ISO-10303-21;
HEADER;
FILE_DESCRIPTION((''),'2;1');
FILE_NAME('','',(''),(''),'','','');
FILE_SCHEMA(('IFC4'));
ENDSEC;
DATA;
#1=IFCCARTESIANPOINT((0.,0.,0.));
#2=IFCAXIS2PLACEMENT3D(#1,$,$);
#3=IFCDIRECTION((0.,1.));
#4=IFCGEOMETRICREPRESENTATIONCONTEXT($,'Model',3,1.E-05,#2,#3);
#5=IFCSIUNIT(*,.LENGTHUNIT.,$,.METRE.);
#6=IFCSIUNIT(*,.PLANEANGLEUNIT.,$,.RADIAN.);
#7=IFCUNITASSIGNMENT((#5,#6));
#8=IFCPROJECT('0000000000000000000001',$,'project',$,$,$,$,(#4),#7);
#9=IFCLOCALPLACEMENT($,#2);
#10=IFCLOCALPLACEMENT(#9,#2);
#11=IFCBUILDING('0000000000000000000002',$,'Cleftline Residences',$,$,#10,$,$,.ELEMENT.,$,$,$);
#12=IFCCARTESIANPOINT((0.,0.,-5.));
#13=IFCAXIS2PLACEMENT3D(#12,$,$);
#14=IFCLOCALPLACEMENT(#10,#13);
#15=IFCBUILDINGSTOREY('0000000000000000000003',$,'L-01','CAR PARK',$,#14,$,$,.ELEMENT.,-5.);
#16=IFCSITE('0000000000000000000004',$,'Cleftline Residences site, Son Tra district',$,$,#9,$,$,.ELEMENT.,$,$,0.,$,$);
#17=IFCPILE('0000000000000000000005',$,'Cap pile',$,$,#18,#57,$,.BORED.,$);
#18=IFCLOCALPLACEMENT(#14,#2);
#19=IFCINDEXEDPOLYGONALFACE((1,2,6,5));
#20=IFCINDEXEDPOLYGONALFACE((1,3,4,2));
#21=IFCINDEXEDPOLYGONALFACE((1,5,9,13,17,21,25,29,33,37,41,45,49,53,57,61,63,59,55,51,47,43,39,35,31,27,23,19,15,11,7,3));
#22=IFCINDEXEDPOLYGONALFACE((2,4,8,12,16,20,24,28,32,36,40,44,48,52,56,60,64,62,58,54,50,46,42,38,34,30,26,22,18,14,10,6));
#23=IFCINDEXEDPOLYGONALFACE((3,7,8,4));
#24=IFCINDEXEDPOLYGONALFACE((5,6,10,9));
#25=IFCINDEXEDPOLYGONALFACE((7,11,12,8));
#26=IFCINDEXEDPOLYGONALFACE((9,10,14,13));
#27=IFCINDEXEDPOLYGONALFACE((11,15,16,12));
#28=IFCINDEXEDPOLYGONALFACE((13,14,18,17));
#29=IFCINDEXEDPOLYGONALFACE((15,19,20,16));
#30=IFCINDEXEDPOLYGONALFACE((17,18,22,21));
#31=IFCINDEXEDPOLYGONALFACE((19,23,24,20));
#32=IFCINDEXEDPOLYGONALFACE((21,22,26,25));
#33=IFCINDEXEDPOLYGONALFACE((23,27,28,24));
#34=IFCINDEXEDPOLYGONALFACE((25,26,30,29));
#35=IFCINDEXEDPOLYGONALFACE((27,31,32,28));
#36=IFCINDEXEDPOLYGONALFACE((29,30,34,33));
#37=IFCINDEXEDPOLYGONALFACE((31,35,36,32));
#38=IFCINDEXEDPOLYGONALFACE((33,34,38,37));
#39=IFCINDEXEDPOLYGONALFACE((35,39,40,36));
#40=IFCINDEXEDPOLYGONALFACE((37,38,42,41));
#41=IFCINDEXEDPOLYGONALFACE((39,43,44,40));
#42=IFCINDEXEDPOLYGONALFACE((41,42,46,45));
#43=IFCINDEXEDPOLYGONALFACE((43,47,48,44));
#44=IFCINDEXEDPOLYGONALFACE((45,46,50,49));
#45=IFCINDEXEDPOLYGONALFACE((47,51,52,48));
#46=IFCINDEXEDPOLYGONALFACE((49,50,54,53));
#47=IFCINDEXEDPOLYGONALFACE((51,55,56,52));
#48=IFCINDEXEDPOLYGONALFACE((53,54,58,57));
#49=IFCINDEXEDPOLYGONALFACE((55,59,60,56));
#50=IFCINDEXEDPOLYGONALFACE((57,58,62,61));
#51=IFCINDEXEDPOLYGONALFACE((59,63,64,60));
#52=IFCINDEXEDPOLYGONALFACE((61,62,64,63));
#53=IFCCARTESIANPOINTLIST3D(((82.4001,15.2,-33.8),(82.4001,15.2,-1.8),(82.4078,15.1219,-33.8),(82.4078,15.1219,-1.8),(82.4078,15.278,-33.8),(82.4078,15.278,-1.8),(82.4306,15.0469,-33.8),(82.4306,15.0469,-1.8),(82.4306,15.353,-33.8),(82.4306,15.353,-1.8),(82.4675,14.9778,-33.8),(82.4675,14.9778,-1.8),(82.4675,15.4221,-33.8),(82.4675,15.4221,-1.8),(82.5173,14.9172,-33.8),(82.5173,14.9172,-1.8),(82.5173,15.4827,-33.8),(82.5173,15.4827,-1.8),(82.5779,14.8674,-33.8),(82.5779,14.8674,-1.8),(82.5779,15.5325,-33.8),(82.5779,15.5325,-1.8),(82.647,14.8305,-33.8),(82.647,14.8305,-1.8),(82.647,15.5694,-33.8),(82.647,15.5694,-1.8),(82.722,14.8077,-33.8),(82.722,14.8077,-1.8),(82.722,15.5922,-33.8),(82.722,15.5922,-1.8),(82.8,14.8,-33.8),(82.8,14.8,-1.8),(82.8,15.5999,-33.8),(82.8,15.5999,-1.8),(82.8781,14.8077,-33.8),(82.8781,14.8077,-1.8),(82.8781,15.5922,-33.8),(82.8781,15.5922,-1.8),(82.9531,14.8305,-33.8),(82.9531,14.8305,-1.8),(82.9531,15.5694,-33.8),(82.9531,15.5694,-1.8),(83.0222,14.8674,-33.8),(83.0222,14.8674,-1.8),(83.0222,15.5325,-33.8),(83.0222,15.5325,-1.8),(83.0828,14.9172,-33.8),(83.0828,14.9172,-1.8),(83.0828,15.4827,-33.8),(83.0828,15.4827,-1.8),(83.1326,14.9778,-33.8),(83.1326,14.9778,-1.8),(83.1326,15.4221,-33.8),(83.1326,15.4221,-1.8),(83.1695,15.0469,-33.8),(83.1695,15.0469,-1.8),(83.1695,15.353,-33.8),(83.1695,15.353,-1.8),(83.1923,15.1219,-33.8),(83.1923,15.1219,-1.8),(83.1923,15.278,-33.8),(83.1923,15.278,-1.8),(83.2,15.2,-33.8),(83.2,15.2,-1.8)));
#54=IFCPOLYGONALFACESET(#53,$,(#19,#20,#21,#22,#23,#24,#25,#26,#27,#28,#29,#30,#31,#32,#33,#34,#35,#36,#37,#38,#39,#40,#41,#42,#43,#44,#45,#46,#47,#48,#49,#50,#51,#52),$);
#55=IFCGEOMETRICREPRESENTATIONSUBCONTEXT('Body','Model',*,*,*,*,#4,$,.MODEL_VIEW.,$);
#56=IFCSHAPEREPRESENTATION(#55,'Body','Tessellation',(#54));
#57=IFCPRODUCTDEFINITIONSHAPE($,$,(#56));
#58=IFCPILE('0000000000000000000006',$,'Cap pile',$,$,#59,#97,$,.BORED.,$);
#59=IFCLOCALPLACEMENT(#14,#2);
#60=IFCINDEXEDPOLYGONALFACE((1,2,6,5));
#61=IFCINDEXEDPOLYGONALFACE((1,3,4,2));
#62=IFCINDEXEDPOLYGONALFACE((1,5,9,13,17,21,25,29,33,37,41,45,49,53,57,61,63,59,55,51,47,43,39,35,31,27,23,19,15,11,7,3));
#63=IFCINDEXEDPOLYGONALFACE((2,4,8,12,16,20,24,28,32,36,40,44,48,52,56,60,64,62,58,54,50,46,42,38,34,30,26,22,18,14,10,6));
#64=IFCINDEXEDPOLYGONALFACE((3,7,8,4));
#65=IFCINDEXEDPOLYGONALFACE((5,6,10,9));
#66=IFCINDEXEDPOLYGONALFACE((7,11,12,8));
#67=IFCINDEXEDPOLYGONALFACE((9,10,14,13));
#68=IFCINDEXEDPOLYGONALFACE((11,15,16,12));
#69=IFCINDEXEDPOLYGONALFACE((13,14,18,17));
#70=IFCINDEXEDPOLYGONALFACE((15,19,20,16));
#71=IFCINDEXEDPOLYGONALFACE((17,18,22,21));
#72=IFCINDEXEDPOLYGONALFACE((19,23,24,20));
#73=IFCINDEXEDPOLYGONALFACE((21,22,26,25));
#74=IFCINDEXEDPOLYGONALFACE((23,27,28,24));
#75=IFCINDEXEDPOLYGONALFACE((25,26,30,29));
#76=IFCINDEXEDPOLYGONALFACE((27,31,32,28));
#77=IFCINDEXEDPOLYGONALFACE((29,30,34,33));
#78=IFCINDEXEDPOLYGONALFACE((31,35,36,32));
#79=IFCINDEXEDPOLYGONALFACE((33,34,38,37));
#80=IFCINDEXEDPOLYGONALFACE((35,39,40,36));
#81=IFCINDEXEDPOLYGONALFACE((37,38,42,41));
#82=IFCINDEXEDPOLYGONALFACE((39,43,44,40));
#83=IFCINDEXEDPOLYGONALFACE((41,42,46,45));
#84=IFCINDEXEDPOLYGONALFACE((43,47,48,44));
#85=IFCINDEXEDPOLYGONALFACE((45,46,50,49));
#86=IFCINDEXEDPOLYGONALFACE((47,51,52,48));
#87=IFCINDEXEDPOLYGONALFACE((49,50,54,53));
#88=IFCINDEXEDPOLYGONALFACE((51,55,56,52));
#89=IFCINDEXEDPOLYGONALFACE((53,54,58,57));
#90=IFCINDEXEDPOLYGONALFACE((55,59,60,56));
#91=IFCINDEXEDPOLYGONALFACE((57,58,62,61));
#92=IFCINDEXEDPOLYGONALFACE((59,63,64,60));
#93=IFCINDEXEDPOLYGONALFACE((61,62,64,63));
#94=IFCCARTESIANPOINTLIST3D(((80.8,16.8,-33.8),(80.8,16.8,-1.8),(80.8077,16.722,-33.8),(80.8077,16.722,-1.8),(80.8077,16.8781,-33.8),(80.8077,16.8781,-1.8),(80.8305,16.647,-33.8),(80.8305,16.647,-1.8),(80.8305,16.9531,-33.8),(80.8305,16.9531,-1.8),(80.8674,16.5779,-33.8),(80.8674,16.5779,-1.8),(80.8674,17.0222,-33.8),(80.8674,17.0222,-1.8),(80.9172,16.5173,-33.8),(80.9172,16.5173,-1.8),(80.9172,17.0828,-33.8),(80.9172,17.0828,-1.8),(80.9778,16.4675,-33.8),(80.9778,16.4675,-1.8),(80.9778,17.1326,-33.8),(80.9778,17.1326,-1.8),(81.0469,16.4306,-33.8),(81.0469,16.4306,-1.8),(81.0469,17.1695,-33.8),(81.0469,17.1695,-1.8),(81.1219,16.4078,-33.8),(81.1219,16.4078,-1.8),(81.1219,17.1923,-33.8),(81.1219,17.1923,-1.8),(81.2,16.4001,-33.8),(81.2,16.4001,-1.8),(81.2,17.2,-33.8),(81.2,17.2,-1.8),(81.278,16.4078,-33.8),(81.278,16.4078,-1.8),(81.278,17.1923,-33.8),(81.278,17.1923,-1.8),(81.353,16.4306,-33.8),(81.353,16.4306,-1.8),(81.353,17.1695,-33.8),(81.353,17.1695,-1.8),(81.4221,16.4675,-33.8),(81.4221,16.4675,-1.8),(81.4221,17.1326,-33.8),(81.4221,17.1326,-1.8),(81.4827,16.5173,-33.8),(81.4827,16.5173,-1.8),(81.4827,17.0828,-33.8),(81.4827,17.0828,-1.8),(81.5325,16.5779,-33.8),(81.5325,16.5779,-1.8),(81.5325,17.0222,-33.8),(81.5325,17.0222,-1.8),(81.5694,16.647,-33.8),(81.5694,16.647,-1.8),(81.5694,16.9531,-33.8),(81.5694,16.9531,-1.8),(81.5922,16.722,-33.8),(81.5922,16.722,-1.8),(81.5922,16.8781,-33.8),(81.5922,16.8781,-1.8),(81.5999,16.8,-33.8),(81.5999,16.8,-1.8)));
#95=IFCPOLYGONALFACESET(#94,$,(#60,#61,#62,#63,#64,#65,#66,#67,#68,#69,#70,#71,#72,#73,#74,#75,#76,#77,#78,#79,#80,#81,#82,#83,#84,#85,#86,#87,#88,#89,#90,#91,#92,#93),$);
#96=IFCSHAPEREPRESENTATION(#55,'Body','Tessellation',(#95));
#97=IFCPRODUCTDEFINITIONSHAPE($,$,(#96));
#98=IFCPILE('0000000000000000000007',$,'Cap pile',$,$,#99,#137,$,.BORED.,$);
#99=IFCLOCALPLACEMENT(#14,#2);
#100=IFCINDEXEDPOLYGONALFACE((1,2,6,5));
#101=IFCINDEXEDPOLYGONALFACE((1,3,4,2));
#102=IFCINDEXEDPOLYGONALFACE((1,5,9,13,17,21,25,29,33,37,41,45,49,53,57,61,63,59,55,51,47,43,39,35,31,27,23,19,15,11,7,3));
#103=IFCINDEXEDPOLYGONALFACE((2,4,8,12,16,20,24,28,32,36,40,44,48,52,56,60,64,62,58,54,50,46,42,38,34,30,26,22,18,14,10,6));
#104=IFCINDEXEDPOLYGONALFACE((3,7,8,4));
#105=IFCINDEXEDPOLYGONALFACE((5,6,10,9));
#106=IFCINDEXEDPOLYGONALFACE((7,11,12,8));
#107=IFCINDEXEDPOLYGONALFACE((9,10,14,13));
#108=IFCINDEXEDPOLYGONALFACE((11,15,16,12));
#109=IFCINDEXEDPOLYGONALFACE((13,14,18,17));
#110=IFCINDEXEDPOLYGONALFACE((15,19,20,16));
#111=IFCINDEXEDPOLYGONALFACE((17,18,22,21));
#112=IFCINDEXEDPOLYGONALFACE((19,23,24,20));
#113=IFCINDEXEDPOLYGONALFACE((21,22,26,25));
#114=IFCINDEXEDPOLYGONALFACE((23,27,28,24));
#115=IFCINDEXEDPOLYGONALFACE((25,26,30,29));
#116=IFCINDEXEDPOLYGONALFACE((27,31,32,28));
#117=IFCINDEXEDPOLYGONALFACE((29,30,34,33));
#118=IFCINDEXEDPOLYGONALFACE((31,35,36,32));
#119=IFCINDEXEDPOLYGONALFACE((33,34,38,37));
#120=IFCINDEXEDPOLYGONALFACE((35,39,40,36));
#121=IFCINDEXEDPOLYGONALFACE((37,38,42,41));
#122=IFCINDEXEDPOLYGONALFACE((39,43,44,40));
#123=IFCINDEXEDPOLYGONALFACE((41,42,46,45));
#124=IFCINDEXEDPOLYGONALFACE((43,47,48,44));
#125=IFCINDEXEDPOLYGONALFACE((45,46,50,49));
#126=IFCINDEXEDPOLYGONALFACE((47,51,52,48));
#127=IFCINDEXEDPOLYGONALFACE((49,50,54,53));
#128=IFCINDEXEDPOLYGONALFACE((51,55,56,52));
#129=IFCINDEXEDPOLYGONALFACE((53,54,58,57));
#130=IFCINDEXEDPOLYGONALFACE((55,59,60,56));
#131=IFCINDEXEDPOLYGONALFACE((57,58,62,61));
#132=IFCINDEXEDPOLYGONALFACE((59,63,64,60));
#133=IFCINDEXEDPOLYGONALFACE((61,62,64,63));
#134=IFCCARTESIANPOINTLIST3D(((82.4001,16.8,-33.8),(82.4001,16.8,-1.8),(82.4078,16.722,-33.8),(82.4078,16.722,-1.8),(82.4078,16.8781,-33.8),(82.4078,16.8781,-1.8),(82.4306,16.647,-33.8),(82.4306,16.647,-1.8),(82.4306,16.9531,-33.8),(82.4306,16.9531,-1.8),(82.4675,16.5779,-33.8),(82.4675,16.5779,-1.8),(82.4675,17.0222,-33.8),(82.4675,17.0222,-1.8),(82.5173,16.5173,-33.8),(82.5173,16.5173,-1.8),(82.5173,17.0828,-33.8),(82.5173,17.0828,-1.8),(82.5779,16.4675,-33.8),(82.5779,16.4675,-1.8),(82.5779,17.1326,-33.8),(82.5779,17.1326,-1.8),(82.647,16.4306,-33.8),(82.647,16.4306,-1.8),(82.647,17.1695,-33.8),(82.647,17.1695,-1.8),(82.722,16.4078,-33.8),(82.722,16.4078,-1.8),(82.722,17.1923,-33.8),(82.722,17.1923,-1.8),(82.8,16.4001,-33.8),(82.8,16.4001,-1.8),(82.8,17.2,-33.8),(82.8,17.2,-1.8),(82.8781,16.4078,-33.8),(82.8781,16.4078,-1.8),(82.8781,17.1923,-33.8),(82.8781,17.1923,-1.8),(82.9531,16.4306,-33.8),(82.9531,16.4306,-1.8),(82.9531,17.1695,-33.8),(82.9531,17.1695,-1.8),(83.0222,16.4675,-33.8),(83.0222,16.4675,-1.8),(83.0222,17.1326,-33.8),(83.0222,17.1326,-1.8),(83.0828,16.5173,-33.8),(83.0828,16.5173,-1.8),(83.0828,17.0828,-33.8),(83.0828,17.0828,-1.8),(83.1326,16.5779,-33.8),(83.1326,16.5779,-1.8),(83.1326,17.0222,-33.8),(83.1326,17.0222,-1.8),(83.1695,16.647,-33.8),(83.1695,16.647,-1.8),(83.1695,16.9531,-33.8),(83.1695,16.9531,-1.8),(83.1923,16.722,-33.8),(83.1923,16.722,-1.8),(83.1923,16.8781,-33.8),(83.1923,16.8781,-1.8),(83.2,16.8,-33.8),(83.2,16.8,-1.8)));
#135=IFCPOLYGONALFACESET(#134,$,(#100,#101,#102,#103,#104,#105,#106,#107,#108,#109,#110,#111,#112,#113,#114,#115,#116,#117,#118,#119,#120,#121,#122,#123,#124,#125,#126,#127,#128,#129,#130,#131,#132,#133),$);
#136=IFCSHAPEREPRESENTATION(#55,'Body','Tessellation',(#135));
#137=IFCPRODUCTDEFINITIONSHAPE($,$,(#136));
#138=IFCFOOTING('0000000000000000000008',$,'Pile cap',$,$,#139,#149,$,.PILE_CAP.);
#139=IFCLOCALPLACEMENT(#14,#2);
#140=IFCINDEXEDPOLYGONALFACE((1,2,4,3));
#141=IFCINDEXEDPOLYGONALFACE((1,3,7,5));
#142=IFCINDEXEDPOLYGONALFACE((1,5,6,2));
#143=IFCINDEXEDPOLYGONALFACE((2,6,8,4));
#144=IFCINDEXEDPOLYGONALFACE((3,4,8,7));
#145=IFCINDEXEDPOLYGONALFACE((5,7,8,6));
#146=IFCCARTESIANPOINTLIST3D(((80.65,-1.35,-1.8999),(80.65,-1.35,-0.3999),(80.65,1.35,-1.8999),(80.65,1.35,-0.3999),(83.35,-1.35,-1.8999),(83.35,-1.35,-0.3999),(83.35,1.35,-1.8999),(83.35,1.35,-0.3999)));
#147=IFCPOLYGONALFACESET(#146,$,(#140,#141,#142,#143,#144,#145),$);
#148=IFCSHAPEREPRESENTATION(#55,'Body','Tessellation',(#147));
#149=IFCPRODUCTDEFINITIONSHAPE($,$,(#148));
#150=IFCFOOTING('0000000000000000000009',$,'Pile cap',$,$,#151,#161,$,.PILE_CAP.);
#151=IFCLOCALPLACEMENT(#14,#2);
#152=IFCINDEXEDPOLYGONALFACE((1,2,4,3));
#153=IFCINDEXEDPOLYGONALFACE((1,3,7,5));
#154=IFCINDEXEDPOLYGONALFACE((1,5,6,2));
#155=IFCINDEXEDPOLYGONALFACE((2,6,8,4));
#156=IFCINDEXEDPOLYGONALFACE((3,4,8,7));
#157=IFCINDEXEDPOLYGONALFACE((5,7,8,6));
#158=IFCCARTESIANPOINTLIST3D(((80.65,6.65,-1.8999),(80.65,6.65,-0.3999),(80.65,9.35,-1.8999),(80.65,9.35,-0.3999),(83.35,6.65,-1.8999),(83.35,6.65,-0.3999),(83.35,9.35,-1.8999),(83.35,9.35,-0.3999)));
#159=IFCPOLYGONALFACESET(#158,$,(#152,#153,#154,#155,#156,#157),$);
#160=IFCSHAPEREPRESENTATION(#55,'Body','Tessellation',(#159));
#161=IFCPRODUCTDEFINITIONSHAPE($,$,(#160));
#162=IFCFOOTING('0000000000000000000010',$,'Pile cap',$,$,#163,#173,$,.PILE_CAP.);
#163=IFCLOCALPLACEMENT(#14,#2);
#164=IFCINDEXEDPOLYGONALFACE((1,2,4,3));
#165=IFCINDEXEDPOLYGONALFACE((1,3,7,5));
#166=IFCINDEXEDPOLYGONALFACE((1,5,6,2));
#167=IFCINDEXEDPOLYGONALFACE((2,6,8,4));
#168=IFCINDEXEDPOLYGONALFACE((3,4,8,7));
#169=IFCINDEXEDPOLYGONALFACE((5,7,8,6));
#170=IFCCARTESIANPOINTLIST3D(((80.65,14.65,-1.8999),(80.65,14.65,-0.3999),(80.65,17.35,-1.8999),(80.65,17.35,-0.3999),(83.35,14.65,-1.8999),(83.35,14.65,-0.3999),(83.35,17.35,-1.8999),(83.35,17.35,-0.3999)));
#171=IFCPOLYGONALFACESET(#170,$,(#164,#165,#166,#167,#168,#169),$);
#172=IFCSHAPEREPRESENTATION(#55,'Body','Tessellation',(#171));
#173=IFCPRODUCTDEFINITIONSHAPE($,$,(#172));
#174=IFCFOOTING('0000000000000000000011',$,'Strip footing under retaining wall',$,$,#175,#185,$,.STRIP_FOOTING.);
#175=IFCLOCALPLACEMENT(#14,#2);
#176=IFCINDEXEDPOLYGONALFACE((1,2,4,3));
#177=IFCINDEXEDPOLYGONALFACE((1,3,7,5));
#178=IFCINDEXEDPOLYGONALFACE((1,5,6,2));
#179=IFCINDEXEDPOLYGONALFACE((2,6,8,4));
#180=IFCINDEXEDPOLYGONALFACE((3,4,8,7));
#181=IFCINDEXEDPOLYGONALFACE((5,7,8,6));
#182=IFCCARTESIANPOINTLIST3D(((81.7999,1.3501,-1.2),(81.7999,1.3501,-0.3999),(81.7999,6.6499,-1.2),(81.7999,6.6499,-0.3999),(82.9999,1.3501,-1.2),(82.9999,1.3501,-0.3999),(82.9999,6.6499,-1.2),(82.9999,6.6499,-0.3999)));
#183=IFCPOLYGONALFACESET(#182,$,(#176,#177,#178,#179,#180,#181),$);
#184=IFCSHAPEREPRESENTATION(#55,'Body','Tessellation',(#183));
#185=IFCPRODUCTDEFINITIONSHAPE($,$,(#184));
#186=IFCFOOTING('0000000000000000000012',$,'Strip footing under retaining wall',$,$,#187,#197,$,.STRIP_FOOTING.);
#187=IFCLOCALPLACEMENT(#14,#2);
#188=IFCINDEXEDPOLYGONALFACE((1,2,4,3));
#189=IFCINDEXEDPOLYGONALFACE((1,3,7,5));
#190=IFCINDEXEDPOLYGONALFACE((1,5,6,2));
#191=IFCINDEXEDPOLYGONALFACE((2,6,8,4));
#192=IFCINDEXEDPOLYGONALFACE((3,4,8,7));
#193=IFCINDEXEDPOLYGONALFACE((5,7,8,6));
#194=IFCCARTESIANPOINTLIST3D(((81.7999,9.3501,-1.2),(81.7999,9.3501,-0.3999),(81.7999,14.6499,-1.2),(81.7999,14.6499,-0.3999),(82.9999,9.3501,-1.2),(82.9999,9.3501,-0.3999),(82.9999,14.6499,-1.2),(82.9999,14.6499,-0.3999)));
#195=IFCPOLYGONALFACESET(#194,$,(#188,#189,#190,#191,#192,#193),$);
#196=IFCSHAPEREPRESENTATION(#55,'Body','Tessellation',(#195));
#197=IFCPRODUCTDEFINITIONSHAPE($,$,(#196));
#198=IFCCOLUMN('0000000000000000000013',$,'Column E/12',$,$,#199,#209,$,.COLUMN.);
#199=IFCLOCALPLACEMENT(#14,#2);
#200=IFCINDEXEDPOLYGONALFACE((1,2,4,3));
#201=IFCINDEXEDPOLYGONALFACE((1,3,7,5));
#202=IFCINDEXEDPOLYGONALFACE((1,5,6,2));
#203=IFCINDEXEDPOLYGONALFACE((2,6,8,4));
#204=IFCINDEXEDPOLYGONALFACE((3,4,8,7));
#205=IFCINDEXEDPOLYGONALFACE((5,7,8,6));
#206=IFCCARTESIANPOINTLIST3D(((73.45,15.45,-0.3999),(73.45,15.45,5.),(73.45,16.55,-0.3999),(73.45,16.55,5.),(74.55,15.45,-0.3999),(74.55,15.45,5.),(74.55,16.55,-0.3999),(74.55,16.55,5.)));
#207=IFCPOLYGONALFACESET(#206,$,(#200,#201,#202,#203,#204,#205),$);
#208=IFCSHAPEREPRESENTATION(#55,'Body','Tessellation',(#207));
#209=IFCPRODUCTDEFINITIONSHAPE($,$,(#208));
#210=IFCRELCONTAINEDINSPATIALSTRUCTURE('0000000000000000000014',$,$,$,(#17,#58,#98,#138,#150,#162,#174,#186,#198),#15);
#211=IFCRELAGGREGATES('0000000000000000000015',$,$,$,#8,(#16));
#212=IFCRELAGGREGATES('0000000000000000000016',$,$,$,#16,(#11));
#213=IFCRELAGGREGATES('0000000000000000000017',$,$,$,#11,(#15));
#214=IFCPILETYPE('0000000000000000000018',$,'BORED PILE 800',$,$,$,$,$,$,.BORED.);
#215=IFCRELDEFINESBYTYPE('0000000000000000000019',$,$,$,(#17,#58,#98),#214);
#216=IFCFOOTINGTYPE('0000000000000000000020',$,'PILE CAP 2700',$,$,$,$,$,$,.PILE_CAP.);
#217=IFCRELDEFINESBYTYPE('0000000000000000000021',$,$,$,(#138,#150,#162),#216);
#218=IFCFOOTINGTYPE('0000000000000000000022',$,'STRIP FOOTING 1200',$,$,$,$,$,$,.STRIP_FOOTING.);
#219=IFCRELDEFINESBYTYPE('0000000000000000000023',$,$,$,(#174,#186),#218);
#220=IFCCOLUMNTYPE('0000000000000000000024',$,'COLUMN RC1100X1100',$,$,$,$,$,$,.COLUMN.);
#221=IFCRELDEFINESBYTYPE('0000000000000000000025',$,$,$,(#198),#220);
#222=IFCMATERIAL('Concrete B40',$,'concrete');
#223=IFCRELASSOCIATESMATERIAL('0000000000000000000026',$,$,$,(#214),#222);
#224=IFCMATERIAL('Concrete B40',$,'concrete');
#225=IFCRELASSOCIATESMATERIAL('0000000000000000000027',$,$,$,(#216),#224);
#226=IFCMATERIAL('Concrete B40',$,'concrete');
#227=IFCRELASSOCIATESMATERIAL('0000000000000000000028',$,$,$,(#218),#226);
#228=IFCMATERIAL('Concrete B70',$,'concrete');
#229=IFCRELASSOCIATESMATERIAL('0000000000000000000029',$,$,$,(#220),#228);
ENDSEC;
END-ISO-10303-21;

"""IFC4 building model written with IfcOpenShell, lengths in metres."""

from ifc_helpers import new_model, si_unit, direction, frame, frame_2d, origin, origin_2d, place, context, subcontext, project, spatial, rectangle, circle, extrude, material, material_profile, profile_set, type_object, element, save


model = new_model("IFC4")

# Units and contexts
model_context = context("Model", 3, precision=1e-05, world=origin(), true_north=direction((0.0, 1.0)))
body_context = subcontext(model_context, "Body", "Model", "MODEL_VIEW")
ifc_project = project(units=[si_unit("LENGTHUNIT", "METRE"), si_unit("PLANEANGLEUNIT", "RADIAN")], contexts=[model_context])

# Site, building, storey
site_placement = place(None, origin())
site = spatial("IfcSite", under=ifc_project, at=site_placement, Name="Cleftline Residences site, Son Tra district", CompositionType="ELEMENT", RefElevation=0.0)
building_placement = place(site_placement, origin())
building = spatial("IfcBuilding", under=site, at=building_placement, Name="Cleftline Residences", CompositionType="ELEMENT")
storey_placement = place(building_placement, frame((0.0, 0.0, -5.0)))
storey = spatial("IfcBuildingStorey", under=building, at=storey_placement, Name="L-01", Description="CAR PARK", CompositionType="ELEMENT", Elevation=-5.0)

# Piles
ifc_material_1 = material(Name="Concrete B40", Category="concrete")
ifc_material_profile_1 = material_profile(ifc_material_1, circle(Radius=0.3999, at=origin_2d()))
ifc_profile_set_1 = profile_set([ifc_material_profile_1], Name="Concrete B40")
pile_type = type_object("IfcPileType", Name="BORED PILE 800", PredefinedType="BORED", material=ifc_profile_set_1)
for number, where, z_axis, x_axis, name in (
    (1, (82.8, 15.2, -1.8), (0.0, 0.0, -1.0), (1.0, 0.0, 0.0), "Cap pile"),
    (2, (81.2, 16.8, -1.8), (0.0, 0.0, -1.0), (1.0, 0.0, 0.0), "Cap pile"),
    (3, (82.8, 16.8, -1.8), (0.0, 0.0, -1.0), (1.0, 0.0, 0.0), "Cap pile"),
):
    element("IfcPile", number, at=place(storey_placement, frame(where, z_axis=z_axis, x_axis=x_axis)), inside=storey, type_object=pile_type, Name=name, PredefinedType="BORED", context=body_context, shape_type="SweptSolid", body=[
        extrude(circle(Radius=0.3999, at=origin_2d()), origin(), (0.0, 0.0, 1.0), 32.0),
    ])

# Footings
ifc_material_2 = material(Name="Concrete B40", Category="concrete")
footing_type_1 = type_object("IfcFootingType", Name="PILE CAP 2700", PredefinedType="PILE_CAP", material=ifc_material_2)
for number, where, z_axis, x_axis, name in (
    (4, (82.0, 0.0, -1.8999), (0.0, 0.0, 1.0), (1.0, 0.0, 0.0), "Pile cap"),
    (5, (82.0, 8.0, -1.8999), (0.0, 0.0, 1.0), (1.0, 0.0, 0.0), "Pile cap"),
    (6, (82.0, 16.0, -1.8999), (0.0, 0.0, 1.0), (1.0, 0.0, 0.0), "Pile cap"),
):
    element("IfcFooting", number, at=place(storey_placement, frame(where, z_axis=z_axis, x_axis=x_axis)), inside=storey, type_object=footing_type_1, Name=name, PredefinedType="PILE_CAP", context=body_context, shape_type="SweptSolid", body=[
        extrude(rectangle(XDim=2.7, YDim=2.7, at=origin_2d()), origin(), (0.0, 0.0, 1.0), 1.5),
    ])
ifc_material_3 = material(Name="Concrete B40", Category="concrete")
footing_type_2 = type_object("IfcFootingType", Name="STRIP FOOTING 1200", PredefinedType="STRIP_FOOTING", material=ifc_material_3)
for number, where, z_axis, x_axis, name in (
    (7, (82.3999, 1.3501, -1.2), (0.0, 0.0, 1.0), (0.0, 1.0, 0.0), "Strip footing under retaining wall"),
    (8, (82.3999, 9.3501, -1.2), (0.0, 0.0, 1.0), (0.0, 1.0, 0.0), "Strip footing under retaining wall"),
):
    element("IfcFooting", number, at=place(storey_placement, frame(where, z_axis=z_axis, x_axis=x_axis)), inside=storey, type_object=footing_type_2, Name=name, PredefinedType="STRIP_FOOTING", context=body_context, shape_type="SweptSolid", body=[
        extrude(rectangle(XDim=5.2998, YDim=1.2, at=frame_2d((2.6499, 0.0))), origin(), (0.0, 0.0, 1.0), 0.8),
    ])

# Column
ifc_material_4 = material(Name="Concrete B70", Category="concrete")
ifc_material_profile_2 = material_profile(ifc_material_4, rectangle(XDim=1.1001, YDim=1.1001, at=origin_2d()))
ifc_profile_set_2 = profile_set([ifc_material_profile_2], Name="Concrete B70")
column_type = type_object("IfcColumnType", Name="COLUMN RC1100X1100", PredefinedType="COLUMN", material=ifc_profile_set_2)
for number, where, z_axis, x_axis, name in (
    (9, (74.0, 16.0, -0.3999), (0.0, 0.0, 1.0), (1.0, 0.0, 0.0), "Column E/12"),
):
    element("IfcColumn", number, at=place(storey_placement, frame(where, z_axis=z_axis, x_axis=x_axis)), inside=storey, type_object=column_type, Name=name, PredefinedType="COLUMN", context=body_context, shape_type="SweptSolid", body=[
        extrude(rectangle(XDim=1.1001, YDim=1.1001, at=origin_2d()), origin(), (0.0, 0.0, 1.0), 5.3999),
    ])

save(model, "model.ifc")
